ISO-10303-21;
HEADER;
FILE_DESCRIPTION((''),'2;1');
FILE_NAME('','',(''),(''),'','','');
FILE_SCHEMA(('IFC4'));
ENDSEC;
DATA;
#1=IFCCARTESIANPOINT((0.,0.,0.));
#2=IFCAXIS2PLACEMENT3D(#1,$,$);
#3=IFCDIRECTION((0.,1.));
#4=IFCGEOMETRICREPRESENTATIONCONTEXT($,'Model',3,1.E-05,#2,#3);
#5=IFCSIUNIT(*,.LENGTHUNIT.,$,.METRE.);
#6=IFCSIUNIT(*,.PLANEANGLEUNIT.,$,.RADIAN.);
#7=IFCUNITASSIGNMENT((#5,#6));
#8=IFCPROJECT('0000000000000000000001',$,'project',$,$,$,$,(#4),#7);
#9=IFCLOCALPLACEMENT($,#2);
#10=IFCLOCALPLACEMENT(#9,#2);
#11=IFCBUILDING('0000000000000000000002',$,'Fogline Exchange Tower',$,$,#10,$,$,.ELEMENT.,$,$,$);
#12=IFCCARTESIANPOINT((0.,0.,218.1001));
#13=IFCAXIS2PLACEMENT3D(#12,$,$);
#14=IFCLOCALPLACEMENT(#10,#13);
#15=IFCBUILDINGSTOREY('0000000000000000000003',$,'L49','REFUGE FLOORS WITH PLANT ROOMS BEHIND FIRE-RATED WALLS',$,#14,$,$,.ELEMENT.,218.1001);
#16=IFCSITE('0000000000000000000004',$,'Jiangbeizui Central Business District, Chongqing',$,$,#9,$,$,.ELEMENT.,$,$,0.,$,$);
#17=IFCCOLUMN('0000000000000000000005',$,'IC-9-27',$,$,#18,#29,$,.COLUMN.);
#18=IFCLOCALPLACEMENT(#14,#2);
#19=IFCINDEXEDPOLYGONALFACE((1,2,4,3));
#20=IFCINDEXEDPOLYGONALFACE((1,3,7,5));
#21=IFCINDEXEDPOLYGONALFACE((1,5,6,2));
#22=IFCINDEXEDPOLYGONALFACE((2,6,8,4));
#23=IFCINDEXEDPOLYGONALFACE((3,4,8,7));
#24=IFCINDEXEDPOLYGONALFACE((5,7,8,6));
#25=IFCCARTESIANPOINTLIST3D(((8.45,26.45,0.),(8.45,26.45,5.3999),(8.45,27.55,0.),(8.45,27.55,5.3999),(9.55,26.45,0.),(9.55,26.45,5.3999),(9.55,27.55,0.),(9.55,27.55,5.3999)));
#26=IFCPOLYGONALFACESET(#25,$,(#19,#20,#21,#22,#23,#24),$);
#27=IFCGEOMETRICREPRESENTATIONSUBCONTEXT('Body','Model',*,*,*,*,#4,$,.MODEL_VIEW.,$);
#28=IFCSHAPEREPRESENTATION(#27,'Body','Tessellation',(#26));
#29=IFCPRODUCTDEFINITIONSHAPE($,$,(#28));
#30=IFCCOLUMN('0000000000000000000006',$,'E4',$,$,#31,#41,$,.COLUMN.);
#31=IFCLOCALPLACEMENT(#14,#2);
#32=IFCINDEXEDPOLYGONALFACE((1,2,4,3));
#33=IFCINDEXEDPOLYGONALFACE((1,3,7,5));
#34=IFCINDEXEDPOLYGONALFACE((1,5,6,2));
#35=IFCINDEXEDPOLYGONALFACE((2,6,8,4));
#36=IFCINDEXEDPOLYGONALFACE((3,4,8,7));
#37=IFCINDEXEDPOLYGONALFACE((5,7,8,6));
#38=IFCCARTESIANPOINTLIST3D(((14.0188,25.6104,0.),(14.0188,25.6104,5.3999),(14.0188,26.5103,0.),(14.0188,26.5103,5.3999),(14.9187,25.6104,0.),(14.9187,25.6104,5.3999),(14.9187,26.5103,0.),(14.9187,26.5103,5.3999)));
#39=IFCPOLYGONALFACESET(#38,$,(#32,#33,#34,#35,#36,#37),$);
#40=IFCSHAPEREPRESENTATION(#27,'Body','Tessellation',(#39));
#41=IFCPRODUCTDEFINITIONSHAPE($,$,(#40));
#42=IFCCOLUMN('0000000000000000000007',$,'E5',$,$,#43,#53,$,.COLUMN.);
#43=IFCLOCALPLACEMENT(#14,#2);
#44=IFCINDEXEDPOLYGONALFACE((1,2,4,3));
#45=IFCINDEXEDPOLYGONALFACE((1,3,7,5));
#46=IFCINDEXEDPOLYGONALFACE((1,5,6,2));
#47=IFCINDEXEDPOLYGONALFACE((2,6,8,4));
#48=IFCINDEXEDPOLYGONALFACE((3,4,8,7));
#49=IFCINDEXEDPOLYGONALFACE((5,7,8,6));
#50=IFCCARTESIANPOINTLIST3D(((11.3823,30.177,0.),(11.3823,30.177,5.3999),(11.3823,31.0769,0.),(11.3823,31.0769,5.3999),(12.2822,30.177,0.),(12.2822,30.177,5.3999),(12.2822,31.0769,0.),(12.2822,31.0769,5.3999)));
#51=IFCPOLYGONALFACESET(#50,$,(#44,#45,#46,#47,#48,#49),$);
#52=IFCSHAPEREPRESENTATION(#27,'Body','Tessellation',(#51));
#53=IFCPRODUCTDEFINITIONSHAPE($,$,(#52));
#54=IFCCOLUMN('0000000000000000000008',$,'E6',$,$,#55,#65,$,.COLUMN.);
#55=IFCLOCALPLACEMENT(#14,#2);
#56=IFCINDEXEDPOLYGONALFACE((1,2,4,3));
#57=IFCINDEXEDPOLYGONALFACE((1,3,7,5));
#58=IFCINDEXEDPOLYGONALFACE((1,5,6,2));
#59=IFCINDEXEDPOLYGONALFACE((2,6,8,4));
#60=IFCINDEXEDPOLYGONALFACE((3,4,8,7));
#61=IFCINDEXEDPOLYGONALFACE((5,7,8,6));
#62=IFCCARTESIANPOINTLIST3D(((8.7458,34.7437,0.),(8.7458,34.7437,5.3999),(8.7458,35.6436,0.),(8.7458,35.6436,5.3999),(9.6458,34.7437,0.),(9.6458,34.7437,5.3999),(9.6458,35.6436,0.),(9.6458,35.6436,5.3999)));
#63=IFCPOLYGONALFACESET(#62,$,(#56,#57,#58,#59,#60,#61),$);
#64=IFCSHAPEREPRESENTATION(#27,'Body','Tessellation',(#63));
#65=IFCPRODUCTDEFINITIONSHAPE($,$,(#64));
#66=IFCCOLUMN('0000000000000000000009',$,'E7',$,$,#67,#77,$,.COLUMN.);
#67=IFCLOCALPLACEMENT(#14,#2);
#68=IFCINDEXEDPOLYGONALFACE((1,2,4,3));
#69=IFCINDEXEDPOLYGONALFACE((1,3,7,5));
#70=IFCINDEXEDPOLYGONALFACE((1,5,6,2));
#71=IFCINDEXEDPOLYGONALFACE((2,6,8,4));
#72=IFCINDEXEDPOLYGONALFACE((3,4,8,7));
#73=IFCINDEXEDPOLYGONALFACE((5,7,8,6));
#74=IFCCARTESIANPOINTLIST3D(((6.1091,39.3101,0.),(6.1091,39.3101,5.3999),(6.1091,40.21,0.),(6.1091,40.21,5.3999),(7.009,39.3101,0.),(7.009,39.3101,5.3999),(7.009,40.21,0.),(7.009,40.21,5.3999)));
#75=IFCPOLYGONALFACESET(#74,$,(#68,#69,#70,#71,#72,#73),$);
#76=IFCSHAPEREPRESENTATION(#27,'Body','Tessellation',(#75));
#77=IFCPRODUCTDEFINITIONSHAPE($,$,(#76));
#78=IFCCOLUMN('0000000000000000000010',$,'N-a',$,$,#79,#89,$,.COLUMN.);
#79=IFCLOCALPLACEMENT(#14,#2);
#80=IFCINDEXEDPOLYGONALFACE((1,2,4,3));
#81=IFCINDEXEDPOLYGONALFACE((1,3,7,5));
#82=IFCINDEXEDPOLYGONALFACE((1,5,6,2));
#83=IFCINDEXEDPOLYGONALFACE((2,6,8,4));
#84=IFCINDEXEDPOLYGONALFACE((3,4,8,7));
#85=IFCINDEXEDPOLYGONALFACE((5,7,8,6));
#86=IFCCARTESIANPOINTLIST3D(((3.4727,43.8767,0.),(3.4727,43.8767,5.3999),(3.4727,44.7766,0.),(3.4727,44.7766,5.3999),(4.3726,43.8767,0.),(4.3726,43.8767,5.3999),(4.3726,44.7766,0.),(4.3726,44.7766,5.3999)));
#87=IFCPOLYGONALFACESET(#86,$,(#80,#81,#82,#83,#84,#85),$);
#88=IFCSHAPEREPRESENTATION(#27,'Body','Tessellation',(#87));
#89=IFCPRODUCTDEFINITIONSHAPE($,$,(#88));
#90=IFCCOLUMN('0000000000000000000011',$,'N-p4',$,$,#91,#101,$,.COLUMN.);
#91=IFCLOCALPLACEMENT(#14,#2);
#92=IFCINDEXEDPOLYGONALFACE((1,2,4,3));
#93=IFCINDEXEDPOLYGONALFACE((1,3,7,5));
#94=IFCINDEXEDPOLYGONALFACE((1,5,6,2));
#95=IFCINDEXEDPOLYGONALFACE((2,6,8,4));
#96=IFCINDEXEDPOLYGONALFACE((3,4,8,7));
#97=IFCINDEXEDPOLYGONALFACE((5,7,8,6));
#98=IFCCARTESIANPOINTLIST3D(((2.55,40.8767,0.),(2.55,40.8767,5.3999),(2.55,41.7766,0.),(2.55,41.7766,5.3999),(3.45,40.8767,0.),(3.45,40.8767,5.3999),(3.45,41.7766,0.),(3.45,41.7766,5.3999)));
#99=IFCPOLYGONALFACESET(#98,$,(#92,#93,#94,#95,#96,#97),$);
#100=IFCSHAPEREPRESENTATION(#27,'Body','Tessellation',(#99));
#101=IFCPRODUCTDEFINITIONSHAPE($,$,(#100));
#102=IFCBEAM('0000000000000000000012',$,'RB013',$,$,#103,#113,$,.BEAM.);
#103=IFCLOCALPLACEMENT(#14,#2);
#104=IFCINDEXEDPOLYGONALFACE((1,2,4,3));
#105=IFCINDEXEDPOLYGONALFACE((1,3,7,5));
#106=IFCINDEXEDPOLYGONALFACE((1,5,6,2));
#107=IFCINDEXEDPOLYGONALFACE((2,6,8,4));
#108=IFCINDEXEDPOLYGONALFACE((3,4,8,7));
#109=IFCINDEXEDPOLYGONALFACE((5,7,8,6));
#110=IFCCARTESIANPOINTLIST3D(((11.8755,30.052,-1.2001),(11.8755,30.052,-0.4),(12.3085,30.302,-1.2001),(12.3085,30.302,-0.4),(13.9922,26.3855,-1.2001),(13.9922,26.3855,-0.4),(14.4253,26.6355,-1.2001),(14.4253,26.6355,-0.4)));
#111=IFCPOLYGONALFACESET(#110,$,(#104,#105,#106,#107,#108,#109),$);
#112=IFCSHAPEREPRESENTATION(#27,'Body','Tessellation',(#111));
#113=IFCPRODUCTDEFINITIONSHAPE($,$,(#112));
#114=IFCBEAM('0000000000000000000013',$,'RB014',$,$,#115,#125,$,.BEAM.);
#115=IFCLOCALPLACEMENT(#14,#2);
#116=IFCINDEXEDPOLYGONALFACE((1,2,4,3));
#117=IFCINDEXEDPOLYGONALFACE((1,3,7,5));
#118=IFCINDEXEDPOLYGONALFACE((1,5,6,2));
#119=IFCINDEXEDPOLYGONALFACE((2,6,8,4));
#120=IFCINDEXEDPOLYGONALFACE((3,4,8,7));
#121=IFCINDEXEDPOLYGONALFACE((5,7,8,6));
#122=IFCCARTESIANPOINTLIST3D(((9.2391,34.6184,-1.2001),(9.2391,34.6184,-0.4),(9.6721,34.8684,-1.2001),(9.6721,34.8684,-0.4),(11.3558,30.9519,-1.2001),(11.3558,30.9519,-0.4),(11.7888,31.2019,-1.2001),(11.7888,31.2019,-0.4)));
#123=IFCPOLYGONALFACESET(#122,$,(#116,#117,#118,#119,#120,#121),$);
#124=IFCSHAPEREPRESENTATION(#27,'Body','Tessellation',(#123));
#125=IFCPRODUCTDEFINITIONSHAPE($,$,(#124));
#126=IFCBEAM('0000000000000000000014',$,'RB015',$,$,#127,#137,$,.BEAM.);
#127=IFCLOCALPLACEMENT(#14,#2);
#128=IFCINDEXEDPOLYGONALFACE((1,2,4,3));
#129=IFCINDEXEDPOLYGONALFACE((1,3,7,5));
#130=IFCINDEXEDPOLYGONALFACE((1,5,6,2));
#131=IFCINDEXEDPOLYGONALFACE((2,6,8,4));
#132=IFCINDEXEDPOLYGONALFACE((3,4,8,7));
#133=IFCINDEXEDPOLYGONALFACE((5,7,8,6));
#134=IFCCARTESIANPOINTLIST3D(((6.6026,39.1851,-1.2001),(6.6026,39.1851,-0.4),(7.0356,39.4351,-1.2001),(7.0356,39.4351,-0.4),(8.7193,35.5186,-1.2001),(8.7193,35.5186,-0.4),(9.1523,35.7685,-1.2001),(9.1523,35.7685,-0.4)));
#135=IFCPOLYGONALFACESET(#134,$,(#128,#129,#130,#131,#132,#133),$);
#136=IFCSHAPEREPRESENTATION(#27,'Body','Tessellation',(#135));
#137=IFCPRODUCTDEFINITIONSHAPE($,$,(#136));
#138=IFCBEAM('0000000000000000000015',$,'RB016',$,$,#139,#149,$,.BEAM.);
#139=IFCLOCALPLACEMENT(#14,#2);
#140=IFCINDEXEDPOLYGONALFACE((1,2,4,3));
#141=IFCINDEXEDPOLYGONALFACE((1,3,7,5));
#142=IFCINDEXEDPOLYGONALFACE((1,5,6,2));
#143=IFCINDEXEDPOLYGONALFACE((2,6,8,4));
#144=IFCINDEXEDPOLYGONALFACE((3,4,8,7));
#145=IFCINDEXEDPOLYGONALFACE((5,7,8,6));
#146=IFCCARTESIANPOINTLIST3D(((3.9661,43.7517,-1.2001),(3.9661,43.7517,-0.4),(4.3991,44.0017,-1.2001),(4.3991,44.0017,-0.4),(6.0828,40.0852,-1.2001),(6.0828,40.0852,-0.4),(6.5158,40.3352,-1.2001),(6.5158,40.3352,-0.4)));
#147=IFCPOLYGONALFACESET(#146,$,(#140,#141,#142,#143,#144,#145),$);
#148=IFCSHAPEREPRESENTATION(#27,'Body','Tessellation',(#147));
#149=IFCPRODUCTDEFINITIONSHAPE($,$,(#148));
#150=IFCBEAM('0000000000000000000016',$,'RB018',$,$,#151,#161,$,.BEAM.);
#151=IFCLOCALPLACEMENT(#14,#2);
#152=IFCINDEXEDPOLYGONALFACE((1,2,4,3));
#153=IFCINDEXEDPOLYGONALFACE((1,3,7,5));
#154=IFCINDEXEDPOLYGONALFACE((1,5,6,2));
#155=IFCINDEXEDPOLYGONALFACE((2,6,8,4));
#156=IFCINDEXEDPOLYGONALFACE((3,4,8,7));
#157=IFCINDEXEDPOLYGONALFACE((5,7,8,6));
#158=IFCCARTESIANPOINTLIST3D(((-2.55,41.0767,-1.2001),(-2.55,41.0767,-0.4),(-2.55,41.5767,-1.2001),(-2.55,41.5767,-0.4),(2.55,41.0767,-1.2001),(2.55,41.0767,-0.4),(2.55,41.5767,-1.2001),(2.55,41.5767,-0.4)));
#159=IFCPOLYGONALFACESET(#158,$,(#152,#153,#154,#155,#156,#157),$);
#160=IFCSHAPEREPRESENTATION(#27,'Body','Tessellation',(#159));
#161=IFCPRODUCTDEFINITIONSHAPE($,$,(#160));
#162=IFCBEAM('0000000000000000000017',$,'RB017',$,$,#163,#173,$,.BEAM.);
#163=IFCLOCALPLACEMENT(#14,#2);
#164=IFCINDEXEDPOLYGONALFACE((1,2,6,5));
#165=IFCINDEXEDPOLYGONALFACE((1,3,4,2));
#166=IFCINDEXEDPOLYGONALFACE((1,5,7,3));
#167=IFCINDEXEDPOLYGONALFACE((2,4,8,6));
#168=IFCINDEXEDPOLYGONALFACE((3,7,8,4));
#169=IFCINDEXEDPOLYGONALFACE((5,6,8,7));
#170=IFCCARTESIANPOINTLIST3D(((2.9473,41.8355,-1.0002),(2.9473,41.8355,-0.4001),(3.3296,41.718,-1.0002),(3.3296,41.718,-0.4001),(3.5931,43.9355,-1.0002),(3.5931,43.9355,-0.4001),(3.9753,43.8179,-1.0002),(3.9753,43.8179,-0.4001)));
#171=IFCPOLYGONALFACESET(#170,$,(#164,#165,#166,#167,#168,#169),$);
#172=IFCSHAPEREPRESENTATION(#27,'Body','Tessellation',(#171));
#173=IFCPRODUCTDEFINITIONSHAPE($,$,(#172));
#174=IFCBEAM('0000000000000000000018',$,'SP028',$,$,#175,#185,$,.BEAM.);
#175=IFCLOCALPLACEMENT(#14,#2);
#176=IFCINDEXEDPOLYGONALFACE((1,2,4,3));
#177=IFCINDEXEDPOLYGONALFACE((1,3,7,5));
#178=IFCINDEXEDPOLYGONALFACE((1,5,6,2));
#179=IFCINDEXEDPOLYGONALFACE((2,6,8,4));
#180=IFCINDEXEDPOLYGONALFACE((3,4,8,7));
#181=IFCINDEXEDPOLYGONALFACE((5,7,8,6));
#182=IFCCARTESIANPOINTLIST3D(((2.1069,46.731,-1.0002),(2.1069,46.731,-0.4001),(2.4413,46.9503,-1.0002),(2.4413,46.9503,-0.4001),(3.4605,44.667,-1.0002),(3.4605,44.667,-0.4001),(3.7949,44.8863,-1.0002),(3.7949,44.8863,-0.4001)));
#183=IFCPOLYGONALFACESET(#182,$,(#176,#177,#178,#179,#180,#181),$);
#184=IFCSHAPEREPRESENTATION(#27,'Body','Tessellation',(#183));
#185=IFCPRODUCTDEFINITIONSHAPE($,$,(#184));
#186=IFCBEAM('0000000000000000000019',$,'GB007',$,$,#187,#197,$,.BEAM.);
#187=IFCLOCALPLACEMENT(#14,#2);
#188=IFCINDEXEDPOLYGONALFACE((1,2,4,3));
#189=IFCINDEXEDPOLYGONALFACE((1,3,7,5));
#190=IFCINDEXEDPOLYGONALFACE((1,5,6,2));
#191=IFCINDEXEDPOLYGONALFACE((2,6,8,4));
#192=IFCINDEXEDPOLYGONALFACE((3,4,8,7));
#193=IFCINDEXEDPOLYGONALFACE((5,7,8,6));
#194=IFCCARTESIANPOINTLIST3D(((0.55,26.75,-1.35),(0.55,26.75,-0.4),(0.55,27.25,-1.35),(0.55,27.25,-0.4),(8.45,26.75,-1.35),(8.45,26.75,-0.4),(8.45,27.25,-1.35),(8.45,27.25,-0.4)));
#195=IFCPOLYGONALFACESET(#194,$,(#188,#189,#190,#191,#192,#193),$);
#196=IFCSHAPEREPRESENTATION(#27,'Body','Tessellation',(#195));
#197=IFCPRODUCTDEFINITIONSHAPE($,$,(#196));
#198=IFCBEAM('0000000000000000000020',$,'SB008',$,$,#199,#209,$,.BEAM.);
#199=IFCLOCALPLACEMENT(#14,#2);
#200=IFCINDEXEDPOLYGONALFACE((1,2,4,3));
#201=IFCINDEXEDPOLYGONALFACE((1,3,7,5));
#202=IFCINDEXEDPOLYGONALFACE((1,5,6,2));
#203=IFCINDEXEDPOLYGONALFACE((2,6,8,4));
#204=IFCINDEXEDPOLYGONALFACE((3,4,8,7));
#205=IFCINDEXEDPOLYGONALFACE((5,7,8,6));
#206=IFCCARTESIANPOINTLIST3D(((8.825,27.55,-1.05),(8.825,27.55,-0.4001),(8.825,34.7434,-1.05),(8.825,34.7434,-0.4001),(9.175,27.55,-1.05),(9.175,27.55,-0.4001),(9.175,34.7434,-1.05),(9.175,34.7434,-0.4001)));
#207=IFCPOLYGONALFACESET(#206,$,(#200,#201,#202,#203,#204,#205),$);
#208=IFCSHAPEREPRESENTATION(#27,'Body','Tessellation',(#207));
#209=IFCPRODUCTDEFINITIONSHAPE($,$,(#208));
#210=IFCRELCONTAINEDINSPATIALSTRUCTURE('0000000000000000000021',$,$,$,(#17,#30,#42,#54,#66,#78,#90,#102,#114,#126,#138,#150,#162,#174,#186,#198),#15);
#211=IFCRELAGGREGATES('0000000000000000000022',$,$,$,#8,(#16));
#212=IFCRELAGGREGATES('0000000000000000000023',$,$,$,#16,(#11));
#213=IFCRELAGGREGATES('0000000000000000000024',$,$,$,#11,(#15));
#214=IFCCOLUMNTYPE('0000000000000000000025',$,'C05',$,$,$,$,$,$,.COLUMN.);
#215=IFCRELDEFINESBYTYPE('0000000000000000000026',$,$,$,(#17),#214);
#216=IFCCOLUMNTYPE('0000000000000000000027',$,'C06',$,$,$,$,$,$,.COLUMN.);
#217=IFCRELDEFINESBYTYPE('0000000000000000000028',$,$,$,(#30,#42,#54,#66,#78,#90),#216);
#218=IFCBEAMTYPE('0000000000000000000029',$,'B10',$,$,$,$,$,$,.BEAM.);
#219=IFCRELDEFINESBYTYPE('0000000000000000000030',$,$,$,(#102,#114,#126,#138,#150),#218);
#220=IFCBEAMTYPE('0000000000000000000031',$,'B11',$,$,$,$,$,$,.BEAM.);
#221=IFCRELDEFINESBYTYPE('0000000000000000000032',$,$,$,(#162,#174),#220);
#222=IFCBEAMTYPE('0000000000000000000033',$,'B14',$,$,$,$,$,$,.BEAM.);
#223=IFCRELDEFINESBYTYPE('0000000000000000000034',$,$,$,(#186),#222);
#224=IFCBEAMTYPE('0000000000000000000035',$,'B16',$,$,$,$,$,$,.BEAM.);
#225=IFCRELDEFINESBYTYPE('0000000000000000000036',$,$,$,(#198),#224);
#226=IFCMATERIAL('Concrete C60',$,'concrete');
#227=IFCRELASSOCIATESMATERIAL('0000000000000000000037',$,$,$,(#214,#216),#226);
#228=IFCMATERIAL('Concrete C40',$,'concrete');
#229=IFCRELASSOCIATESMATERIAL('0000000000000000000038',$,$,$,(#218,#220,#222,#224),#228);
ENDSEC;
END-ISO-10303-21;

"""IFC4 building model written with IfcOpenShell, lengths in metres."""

from ifc_helpers import new_model, si_unit, direction, frame, origin, origin_2d, place, context, subcontext, project, spatial, rectangle, extrude, material, material_profile, profile_set, type_object, element, save


model = new_model("IFC4")

# Units and contexts
model_context = context("Model", 3, precision=1e-05, world=origin(), true_north=direction((0.0, 1.0)))
body_context = subcontext(model_context, "Body", "Model", "MODEL_VIEW")
ifc_project = project(units=[si_unit("LENGTHUNIT", "METRE"), si_unit("PLANEANGLEUNIT", "RADIAN")], contexts=[model_context])

# Site, building, storey
site_placement = place(None, origin())
site = spatial("IfcSite", under=ifc_project, at=site_placement, Name="Jiangbeizui Central Business District, Chongqing", CompositionType="ELEMENT", RefElevation=0.0)
building_placement = place(site_placement, origin())
building = spatial("IfcBuilding", under=site, at=building_placement, Name="Fogline Exchange Tower", CompositionType="ELEMENT")
storey_placement = place(building_placement, frame((0.0, 0.0, 218.1001)))
storey = spatial("IfcBuildingStorey", under=building, at=storey_placement, Name="L49", Description="REFUGE FLOORS WITH PLANT ROOMS BEHIND FIRE-RATED WALLS", CompositionType="ELEMENT", Elevation=218.1001)

# Columns
ifc_material_1 = material(Name="Concrete C60", Category="concrete")
ifc_material_profile_1 = material_profile(ifc_material_1, rectangle(XDim=1.1001, YDim=1.1001, at=origin_2d()), Name="RC 1100x1100")
ifc_profile_set_1 = profile_set([ifc_material_profile_1], Name="Concrete C60")
column_type_1 = type_object("IfcColumnType", Name="C05", PredefinedType="COLUMN", material=ifc_profile_set_1)
column_placement = place(storey_placement, frame((9.0, 27.0, 0.0), z_axis=(0.0, 0.0, 1.0), x_axis=(1.0, 0.0, 0.0)))
element("IfcColumn", 1, at=column_placement, inside=storey, type_object=column_type_1, Name="IC-9-27", PredefinedType="COLUMN", context=body_context, shape_type="SweptSolid", body=[
    extrude(rectangle(XDim=1.1001, YDim=1.1001, at=origin_2d()), origin(), (0.0, 0.0, 1.0), 5.3999),
])
ifc_material_profile_2 = material_profile(ifc_material_1, rectangle(XDim=0.8999, YDim=0.8999, at=origin_2d()), Name="RC 900x900")
ifc_profile_set_2 = profile_set([ifc_material_profile_2], Name="Concrete C60")
column_type_2 = type_object("IfcColumnType", Name="C06", PredefinedType="COLUMN", material=ifc_profile_set_2)
for number, where, z_axis, x_axis, name in (
    (2, (14.4688, 26.0603, 0.0), (0.0, 0.0, 1.0), (1.0, 0.0, 0.0), "E4"),
    (3, (11.8323, 30.627, 0.0), (0.0, 0.0, 1.0), (1.0, 0.0, 0.0), "E5"),
    (4, (9.1958, 35.1936, 0.0), (0.0, 0.0, 1.0), (1.0, 0.0, 0.0), "E6"),
    (5, (6.5591, 39.76, 0.0), (0.0, 0.0, 1.0), (1.0, 0.0, 0.0), "E7"),
    (6, (3.9226, 44.3267, 0.0), (0.0, 0.0, 1.0), (1.0, 0.0, 0.0), "N-a"),
    (7, (3.0, 41.3267, 0.0), (0.0, 0.0, 1.0), (1.0, 0.0, 0.0), "N-p4"),
):
    element("IfcColumn", number, at=place(storey_placement, frame(where, z_axis=z_axis, x_axis=x_axis)), inside=storey, type_object=column_type_2, Name=name, PredefinedType="COLUMN", context=body_context, shape_type="SweptSolid", body=[
        extrude(rectangle(XDim=0.8999, YDim=0.8999, at=origin_2d()), origin(), (0.0, 0.0, 1.0), 5.3999),
    ])

# Beams
ifc_material_2 = material(Name="Concrete C40", Category="concrete")
ifc_material_profile_3 = material_profile(ifc_material_2, rectangle(XDim=0.5, YDim=0.8, at=origin_2d()), Name="RC 500x800")
ifc_profile_set_3 = profile_set([ifc_material_profile_3], Name="Concrete C40")
beam_type_1 = type_object("IfcBeamType", Name="B10", PredefinedType="BEAM", material=ifc_profile_set_3)
for number, where, z_axis, x_axis, name in (
    (8, (14.2087, 26.5105, -0.8), (-0.499972, 0.866042, 0.0), (-0.866042, -0.499972, 0.0), "RB013"),
    (9, (11.5723, 31.0769, -0.8), (-0.499972, 0.866042, 0.0), (-0.866042, -0.499972, 0.0), "RB014"),
    (10, (8.9358, 35.6436, -0.8), (-0.499972, 0.866042, 0.0), (-0.866042, -0.499972, 0.0), "RB015"),
    (11, (6.2993, 40.2102, -0.8), (-0.499972, 0.866042, 0.0), (-0.866042, -0.499972, 0.0), "RB016"),
):
    element("IfcBeam", number, at=place(storey_placement, frame(where, z_axis=z_axis, x_axis=x_axis)), inside=storey, type_object=beam_type_1, Name=name, PredefinedType="BEAM", context=body_context, shape_type="SweptSolid", body=[
        extrude(rectangle(XDim=0.5, YDim=0.8, at=origin_2d()), origin(), (0.0, 0.0, 1.0), 4.2336),
    ])
beam_1_placement = place(storey_placement, frame((2.55, 41.3267, -0.8), z_axis=(-1.0, 0.0, 0.0), x_axis=(0.0, -1.0, 0.0)))
element("IfcBeam", 12, at=beam_1_placement, inside=storey, type_object=beam_type_1, Name="RB018", PredefinedType="BEAM", context=body_context, shape_type="SweptSolid", body=[
    extrude(rectangle(XDim=0.5, YDim=0.8, at=origin_2d()), origin(), (0.0, 0.0, 1.0), 5.1001),
])
ifc_material_profile_4 = material_profile(ifc_material_2, rectangle(XDim=0.3999, YDim=0.6001, at=origin_2d()), Name="RC 400x600")
ifc_profile_set_4 = profile_set([ifc_material_profile_4], Name="Concrete C40")
beam_type_2 = type_object("IfcBeamType", Name="B11", PredefinedType="BEAM", material=ifc_profile_set_4)
beam_2_placement = place(storey_placement, frame((3.7842, 43.8767, -0.7002), z_axis=(-0.293906, -0.955834, 0.0), x_axis=(0.955834, -0.293906, 0.0)))
element("IfcBeam", 13, at=beam_2_placement, inside=storey, type_object=beam_type_2, Name="RB017", PredefinedType="BEAM", context=body_context, shape_type="SweptSolid", body=[
    extrude(rectangle(XDim=0.3999, YDim=0.6001, at=origin_2d()), origin(), (0.0, 0.0, 1.0), 2.197),
])
beam_3_placement = place(storey_placement, frame((3.6277, 44.7766, -0.7002), z_axis=(-0.548384, 0.836227, 0.0), x_axis=(-0.836227, -0.548384, 0.0)))
element("IfcBeam", 14, at=beam_3_placement, inside=storey, type_object=beam_type_2, Name="SP028", PredefinedType="BEAM", context=body_context, shape_type="SweptSolid", body=[
    extrude(rectangle(XDim=0.3999, YDim=0.6001, at=origin_2d()), origin(), (0.0, 0.0, 1.0), 2.4683),
])
ifc_material_profile_5 = material_profile(ifc_material_2, rectangle(XDim=0.5, YDim=0.95, at=origin_2d()), Name="RC 500x950")
ifc_profile_set_5 = profile_set([ifc_material_profile_5], Name="Concrete C40")
beam_type_3 = type_object("IfcBeamType", Name="B14", PredefinedType="BEAM", material=ifc_profile_set_5)
beam_4_placement = place(storey_placement, frame((0.55, 27.0, -0.875), z_axis=(1.0, 0.0, 0.0), x_axis=(0.0, 1.0, 0.0)))
element("IfcBeam", 15, at=beam_4_placement, inside=storey, type_object=beam_type_3, Name="GB007", PredefinedType="BEAM", context=body_context, shape_type="SweptSolid", body=[
    extrude(rectangle(XDim=0.5, YDim=0.95, at=origin_2d()), origin(), (0.0, 0.0, 1.0), 7.8999),
])
ifc_material_profile_6 = material_profile(ifc_material_2, rectangle(XDim=0.3501, YDim=0.6499, at=origin_2d()), Name="RC 350x650")
ifc_profile_set_6 = profile_set([ifc_material_profile_6], Name="Concrete C40")
beam_type_4 = type_object("IfcBeamType", Name="B16", PredefinedType="BEAM", material=ifc_profile_set_6)
beam_5_placement = place(storey_placement, frame((9.0, 27.55, -0.7251), z_axis=(0.0, 1.0, 0.0), x_axis=(-1.0, 0.0, 0.0)))
element("IfcBeam", 16, at=beam_5_placement, inside=storey, type_object=beam_type_4, Name="SB008", PredefinedType="BEAM", context=body_context, shape_type="SweptSolid", body=[
    extrude(rectangle(XDim=0.3501, YDim=0.6499, at=origin_2d()), origin(), (0.0, 0.0, 1.0), 7.1934),
])

save(model, "model.ifc")
